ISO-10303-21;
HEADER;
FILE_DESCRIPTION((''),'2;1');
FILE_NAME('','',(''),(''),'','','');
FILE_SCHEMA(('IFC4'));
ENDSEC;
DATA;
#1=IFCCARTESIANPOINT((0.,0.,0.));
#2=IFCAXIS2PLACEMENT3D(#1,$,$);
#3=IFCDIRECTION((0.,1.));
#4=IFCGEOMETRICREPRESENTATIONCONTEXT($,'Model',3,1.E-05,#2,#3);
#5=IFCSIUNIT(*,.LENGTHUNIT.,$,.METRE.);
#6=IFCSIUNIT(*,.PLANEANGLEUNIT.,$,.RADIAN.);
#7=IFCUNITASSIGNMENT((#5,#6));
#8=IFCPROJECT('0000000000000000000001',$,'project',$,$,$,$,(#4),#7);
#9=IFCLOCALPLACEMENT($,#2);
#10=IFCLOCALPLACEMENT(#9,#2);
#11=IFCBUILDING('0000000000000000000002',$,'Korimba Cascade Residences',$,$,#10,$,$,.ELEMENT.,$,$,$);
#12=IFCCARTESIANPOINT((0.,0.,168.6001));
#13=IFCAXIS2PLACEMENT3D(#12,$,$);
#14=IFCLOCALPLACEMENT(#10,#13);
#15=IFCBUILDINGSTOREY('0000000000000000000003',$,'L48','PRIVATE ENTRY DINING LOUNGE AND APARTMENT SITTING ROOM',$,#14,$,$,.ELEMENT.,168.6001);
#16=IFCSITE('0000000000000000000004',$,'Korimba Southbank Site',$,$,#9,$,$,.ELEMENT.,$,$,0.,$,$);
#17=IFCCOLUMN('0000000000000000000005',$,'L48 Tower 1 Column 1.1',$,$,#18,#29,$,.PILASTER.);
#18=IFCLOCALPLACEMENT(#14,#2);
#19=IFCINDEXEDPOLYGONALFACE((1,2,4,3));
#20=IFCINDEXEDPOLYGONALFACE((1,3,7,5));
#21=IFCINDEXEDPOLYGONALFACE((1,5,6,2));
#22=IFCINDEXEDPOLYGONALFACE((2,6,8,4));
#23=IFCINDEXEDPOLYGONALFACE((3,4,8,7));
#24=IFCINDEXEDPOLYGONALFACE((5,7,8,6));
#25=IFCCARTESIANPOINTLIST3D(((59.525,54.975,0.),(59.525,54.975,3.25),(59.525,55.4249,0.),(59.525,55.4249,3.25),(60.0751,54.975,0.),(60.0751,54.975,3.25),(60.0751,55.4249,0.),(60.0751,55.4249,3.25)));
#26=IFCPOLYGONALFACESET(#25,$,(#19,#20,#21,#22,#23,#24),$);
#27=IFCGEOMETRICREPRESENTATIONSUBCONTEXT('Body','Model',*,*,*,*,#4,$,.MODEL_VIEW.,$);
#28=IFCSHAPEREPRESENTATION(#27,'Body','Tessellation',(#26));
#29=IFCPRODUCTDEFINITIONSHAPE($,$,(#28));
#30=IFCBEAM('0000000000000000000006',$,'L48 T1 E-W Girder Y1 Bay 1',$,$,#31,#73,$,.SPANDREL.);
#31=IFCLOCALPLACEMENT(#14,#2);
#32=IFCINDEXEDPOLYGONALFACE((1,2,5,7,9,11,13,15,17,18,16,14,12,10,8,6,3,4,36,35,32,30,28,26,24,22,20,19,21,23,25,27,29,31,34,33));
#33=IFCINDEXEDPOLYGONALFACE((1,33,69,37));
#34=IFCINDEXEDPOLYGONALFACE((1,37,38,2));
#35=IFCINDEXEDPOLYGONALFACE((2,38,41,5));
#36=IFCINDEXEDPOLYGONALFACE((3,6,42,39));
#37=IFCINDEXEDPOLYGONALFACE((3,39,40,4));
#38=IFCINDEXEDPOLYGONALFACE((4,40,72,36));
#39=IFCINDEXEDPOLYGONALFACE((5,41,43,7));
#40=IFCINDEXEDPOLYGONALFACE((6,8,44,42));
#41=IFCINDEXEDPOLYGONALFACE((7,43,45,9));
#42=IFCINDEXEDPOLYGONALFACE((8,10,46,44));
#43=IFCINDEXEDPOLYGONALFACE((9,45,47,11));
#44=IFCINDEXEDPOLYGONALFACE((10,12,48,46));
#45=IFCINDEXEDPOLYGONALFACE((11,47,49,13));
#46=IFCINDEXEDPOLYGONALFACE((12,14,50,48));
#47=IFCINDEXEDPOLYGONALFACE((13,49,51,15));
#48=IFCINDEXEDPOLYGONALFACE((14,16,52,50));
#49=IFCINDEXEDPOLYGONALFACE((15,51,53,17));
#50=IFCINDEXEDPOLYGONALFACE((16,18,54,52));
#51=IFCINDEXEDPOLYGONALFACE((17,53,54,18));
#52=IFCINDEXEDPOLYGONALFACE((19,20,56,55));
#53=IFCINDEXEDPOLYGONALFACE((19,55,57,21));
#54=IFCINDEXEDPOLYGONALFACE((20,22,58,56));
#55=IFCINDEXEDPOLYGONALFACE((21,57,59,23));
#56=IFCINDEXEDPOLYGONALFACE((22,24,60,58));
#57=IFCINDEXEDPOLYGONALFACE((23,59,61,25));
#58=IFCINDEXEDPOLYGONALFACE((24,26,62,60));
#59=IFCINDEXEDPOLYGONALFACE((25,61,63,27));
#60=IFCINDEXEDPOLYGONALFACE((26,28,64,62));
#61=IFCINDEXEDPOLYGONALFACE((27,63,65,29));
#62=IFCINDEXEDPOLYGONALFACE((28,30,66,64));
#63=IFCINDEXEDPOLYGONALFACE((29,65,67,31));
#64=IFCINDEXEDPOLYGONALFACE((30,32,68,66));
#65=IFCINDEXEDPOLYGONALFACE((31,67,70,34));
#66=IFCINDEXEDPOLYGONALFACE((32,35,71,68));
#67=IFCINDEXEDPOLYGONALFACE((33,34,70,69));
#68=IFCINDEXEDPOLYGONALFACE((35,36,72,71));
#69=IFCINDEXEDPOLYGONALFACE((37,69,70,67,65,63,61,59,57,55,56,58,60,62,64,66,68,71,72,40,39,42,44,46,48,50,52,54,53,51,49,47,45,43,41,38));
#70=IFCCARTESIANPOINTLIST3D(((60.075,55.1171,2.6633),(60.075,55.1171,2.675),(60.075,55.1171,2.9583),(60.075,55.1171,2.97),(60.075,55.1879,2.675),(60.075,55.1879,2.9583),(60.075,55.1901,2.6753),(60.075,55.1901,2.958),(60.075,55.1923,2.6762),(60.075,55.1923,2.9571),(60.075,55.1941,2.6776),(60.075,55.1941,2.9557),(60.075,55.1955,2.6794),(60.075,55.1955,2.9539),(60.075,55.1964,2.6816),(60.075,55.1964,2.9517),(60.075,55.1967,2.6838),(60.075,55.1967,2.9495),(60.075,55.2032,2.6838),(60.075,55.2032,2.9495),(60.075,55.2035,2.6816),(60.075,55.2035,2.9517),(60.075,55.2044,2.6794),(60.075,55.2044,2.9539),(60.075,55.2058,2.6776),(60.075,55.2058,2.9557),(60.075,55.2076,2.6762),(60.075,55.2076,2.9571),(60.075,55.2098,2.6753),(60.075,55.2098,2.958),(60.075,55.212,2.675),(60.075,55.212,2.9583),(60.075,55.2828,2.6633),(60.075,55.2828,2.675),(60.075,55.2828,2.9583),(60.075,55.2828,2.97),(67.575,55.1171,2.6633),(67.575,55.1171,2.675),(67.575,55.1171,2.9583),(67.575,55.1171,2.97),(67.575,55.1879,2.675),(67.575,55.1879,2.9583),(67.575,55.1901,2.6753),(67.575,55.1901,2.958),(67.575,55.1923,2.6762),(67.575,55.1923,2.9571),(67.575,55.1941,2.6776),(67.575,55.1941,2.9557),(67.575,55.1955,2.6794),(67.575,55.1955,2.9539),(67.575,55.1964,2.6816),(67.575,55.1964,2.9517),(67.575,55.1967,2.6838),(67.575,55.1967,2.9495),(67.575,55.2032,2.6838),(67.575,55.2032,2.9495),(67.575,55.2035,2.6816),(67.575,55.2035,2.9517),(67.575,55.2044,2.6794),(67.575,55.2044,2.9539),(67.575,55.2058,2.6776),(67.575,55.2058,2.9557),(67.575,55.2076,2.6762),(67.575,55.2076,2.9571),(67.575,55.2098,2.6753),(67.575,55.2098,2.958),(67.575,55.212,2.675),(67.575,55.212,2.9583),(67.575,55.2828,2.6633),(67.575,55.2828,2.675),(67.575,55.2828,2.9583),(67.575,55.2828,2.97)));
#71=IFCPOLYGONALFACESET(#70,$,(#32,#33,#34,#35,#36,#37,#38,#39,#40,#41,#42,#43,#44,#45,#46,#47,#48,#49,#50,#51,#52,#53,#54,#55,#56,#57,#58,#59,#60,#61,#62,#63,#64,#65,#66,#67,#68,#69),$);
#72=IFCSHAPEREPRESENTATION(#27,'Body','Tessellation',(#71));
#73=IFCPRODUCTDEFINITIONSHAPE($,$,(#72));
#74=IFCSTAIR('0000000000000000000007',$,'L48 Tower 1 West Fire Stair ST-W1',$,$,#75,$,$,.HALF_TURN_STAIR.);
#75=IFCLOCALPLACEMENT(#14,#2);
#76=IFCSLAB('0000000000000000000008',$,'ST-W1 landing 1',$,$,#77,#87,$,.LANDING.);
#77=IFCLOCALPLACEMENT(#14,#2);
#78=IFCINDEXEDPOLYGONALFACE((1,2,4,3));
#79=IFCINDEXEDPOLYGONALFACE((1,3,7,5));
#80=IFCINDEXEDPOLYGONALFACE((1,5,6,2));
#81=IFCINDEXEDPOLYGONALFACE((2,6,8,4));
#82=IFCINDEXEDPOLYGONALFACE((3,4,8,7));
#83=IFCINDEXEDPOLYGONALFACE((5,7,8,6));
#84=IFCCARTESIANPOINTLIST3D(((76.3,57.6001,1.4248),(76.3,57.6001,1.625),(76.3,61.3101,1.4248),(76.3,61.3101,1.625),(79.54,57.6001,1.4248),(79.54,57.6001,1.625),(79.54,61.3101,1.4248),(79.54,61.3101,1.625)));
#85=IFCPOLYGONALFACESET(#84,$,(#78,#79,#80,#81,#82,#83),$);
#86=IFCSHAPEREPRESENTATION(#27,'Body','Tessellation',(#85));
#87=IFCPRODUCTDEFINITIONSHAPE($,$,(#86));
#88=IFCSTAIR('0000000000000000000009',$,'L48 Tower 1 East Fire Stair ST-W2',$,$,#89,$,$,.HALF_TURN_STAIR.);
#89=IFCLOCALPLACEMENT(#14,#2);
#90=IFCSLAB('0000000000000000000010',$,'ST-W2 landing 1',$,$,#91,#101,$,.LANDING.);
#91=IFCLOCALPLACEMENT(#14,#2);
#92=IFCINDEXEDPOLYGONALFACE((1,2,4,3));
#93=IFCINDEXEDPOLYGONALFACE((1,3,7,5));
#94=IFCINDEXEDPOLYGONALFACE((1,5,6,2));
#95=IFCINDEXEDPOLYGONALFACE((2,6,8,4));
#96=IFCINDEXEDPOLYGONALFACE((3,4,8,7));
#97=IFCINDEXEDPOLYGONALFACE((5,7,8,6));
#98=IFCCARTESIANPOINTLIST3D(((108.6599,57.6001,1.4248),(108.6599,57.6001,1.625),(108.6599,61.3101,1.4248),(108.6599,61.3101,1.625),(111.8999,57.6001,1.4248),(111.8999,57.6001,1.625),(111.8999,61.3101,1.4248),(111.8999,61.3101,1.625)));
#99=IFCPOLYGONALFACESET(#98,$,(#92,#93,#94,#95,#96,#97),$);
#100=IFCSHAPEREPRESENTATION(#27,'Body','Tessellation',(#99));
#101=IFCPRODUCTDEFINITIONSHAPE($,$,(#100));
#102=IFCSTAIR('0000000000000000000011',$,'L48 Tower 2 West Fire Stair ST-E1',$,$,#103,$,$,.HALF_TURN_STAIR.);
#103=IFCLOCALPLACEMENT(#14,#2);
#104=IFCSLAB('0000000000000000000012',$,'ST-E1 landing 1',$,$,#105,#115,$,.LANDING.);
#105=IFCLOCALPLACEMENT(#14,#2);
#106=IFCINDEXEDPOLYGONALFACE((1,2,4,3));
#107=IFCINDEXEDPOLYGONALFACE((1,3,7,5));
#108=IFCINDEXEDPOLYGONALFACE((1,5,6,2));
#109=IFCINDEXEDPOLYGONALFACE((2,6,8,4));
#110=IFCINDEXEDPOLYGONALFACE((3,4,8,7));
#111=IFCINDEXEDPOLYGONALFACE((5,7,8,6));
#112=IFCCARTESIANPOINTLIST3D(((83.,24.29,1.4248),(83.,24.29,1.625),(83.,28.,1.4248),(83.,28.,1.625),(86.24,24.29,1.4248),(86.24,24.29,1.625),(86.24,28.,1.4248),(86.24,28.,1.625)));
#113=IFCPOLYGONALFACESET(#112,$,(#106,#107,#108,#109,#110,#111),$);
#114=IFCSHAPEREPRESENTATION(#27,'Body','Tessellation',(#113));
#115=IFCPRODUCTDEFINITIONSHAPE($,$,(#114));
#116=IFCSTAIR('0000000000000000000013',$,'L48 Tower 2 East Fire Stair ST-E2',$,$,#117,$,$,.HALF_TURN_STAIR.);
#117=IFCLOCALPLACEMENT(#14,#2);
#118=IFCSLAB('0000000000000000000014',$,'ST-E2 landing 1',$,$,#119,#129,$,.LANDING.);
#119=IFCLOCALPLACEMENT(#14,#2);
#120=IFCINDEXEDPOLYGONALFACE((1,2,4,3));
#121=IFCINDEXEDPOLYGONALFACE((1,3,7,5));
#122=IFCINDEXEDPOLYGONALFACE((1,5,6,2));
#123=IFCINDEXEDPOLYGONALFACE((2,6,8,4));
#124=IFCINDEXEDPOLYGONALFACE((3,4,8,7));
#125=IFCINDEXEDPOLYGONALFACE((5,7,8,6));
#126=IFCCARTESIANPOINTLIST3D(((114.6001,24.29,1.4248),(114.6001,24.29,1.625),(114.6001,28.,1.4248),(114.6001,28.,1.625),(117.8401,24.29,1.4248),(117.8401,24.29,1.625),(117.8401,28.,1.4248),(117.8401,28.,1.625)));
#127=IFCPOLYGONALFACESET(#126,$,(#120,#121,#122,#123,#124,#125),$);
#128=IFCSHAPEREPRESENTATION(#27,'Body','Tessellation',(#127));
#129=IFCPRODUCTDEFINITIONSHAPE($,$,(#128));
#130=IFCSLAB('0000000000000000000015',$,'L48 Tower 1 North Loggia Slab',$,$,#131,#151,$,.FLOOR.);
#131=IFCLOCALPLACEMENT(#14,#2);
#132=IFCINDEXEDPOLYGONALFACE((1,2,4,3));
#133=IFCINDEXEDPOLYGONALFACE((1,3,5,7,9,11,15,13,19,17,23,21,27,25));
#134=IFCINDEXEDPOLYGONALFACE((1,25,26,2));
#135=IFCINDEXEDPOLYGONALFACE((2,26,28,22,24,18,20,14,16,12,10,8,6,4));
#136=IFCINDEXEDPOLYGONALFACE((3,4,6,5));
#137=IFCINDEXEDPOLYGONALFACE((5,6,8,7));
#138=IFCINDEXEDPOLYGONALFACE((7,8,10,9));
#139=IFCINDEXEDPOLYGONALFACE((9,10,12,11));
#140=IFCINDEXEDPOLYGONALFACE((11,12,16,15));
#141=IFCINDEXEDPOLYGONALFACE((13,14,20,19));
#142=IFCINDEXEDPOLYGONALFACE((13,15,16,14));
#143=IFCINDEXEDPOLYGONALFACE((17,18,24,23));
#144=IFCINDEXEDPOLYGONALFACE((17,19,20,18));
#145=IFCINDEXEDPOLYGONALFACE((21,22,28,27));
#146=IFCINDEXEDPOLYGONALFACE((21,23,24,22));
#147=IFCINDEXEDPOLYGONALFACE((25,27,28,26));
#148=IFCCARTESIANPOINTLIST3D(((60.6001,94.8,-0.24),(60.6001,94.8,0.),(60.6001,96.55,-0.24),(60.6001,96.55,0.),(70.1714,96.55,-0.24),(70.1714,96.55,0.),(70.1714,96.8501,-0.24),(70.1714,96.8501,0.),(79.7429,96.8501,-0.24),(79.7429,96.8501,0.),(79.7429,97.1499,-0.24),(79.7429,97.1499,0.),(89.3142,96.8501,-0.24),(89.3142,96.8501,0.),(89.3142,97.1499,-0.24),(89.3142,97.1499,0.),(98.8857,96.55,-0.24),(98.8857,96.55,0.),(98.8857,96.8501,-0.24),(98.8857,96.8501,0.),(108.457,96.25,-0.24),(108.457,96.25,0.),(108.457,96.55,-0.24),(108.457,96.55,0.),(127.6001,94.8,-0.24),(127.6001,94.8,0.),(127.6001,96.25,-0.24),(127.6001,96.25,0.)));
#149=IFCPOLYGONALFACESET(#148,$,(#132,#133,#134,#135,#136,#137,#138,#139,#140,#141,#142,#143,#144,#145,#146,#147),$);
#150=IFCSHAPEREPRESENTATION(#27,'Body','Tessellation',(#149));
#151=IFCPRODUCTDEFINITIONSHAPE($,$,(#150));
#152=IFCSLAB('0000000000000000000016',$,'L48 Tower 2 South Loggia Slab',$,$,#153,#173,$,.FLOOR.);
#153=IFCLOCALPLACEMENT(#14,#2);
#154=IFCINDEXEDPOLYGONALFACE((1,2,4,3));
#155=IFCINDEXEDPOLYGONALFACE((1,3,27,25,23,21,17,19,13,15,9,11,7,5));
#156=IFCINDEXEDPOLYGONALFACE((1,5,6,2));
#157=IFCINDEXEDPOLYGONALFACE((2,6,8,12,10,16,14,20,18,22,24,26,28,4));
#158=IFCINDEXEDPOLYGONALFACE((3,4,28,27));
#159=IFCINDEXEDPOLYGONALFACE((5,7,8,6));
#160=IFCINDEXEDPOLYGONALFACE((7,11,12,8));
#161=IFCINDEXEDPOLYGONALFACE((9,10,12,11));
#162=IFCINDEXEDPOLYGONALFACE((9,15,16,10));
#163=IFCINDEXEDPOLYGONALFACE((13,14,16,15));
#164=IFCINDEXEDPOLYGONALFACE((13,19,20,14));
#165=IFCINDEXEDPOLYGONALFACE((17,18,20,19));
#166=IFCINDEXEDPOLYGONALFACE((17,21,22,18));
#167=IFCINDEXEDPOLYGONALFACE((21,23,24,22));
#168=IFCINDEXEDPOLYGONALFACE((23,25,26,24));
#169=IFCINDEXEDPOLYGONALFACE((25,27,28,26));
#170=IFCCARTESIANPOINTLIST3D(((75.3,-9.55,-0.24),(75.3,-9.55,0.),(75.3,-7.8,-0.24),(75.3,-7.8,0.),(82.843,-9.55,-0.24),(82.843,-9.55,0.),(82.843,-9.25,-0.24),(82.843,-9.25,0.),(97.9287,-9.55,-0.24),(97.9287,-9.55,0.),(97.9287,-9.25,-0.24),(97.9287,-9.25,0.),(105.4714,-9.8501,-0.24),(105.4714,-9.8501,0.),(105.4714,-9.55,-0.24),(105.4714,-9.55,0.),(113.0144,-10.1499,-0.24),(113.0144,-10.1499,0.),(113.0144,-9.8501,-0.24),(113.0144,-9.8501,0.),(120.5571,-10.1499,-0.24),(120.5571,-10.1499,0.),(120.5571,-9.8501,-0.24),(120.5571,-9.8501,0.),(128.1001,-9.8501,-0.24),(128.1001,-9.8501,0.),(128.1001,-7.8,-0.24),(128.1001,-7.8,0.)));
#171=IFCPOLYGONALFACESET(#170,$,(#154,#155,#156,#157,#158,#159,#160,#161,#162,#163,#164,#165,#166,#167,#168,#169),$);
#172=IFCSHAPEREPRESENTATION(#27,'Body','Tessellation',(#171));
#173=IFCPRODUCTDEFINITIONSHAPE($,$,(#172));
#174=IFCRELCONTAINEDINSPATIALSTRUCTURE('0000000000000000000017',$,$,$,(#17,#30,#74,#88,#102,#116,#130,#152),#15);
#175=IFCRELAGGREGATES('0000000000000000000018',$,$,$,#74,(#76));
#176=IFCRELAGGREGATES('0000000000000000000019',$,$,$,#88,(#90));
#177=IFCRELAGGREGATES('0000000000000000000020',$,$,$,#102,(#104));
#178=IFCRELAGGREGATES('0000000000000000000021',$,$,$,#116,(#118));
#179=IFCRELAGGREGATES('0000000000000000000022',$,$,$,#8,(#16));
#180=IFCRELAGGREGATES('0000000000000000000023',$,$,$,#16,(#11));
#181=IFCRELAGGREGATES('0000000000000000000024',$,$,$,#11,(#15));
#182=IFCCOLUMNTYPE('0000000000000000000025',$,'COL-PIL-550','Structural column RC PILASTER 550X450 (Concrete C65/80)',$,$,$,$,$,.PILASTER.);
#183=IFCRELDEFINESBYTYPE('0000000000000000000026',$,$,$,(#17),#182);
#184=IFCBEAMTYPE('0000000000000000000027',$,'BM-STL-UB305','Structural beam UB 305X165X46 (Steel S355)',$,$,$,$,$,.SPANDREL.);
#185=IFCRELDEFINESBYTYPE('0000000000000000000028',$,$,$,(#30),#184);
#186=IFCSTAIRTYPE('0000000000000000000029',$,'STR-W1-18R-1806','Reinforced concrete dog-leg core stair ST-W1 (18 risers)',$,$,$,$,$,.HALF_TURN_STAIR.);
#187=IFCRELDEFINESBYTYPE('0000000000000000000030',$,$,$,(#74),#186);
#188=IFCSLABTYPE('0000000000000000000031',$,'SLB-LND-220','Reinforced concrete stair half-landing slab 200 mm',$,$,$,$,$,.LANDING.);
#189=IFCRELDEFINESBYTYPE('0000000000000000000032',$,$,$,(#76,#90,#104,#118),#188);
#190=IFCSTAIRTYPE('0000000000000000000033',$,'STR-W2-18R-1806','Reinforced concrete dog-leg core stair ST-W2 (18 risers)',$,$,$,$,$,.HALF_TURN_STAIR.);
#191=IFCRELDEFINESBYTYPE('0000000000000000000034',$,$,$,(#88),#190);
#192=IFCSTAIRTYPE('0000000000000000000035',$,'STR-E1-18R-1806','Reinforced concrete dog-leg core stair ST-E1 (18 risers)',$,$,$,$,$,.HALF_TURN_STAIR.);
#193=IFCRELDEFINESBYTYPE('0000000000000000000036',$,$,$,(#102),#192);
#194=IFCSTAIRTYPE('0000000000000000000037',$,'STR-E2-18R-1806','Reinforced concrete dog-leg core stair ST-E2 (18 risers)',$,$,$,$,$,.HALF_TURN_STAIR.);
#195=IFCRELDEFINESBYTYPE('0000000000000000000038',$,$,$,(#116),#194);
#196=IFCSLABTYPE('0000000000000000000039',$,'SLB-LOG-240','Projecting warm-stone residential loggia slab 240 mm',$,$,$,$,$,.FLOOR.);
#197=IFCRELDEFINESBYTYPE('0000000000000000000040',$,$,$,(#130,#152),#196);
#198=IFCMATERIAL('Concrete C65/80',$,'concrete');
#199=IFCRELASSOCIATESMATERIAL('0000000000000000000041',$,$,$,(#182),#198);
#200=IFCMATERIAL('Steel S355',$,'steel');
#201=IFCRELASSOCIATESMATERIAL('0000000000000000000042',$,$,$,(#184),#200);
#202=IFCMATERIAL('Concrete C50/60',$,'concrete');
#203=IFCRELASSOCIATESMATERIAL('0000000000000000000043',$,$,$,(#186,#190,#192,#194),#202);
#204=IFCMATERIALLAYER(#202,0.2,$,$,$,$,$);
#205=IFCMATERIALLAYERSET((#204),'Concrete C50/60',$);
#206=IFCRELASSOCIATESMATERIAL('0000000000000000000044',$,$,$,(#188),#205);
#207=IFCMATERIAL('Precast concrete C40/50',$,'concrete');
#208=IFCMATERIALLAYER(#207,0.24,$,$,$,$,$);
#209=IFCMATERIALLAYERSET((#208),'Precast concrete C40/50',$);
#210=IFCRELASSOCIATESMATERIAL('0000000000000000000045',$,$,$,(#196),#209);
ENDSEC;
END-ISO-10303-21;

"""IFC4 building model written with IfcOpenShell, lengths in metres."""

from ifc_helpers import new_model, si_unit, direction, frame, origin, origin_2d, place, context, subcontext, project, spatial, polyline, rectangle, i_section, outline, extrude, material, layer, layer_set, material_profile, profile_set, type_object, element, aggregate, save


model = new_model("IFC4")

# Units and contexts
model_context = context("Model", 3, precision=1e-05, world=origin(), true_north=direction((0.0, 1.0)))
body_context = subcontext(model_context, "Body", "Model", "MODEL_VIEW")
ifc_project = project(units=[si_unit("LENGTHUNIT", "METRE"), si_unit("PLANEANGLEUNIT", "RADIAN")], contexts=[model_context])

# Site, building, storey
site_placement = place(None, origin())
site = spatial("IfcSite", under=ifc_project, at=site_placement, Name="Korimba Southbank Site", CompositionType="ELEMENT", RefElevation=0.0)
building_placement = place(site_placement, origin())
building = spatial("IfcBuilding", under=site, at=building_placement, Name="Korimba Cascade Residences", CompositionType="ELEMENT")
storey_placement = place(building_placement, frame((0.0, 0.0, 168.6001)))
storey = spatial("IfcBuildingStorey", under=building, at=storey_placement, Name="L48", Description="PRIVATE ENTRY DINING LOUNGE AND APARTMENT SITTING ROOM", CompositionType="ELEMENT", Elevation=168.6001)

# Column
ifc_material_1 = material(Name="Concrete C65/80", Category="concrete")
ifc_material_profile_1 = material_profile(ifc_material_1, rectangle(XDim=0.55, YDim=0.45, at=origin_2d()), Name="Concrete C65/80")
ifc_profile_set_1 = profile_set([ifc_material_profile_1], Name="Concrete C65/80")
column_type = type_object("IfcColumnType", Name="COL-PIL-550", Description="Structural column RC PILASTER 550X450 (Concrete C65/80)", PredefinedType="PILASTER", material=ifc_profile_set_1)
column_placement = place(storey_placement, frame((59.8, 55.2, 0.0), z_axis=(0.0, 0.0, 1.0), x_axis=(1.0, 0.0, 0.0)))
element("IfcColumn", 1, at=column_placement, inside=storey, type_object=column_type, Name="L48 Tower 1 Column 1.1", PredefinedType="PILASTER", context=body_context, shape_type="SweptSolid", body=[
    extrude(rectangle(XDim=0.55, YDim=0.45, at=origin_2d()), origin(), (0.0, 0.0, 1.0), 3.25),
])

# Beam
ifc_material_2 = material(Name="Steel S355", Category="steel")
ifc_material_profile_2 = material_profile(ifc_material_2, i_section(OverallWidth=0.1658, OverallDepth=0.3066, WebThickness=0.0066, FlangeThickness=0.0117, FilletRadius=0.0088, at=origin_2d()), Name="Steel S355")
ifc_profile_set_2 = profile_set([ifc_material_profile_2], Name="Steel S355")
beam_type = type_object("IfcBeamType", Name="BM-STL-UB305", Description="Structural beam UB 305X165X46 (Steel S355)", PredefinedType="SPANDREL", material=ifc_profile_set_2)
beam_placement = place(storey_placement, frame((60.075, 55.2, 2.8167), z_axis=(1.0, 0.0, 0.0), x_axis=(0.0, 1.0, 0.0)))
element("IfcBeam", 2, at=beam_placement, inside=storey, type_object=beam_type, Name="L48 T1 E-W Girder Y1 Bay 1", PredefinedType="SPANDREL", context=body_context, shape_type="SweptSolid", body=[
    extrude(i_section(OverallWidth=0.1658, OverallDepth=0.3066, WebThickness=0.0066, FlangeThickness=0.0117, FilletRadius=0.0088, at=origin_2d()), origin(), (0.0, 0.0, 1.0), 7.5),
])

# Stairs, slabs
ifc_material_3 = material(Name="Concrete C50/60", Category="concrete")
stair_type_1 = type_object("IfcStairType", Name="STR-W1-18R-1806", Description="Reinforced concrete dog-leg core stair ST-W1 (18 risers)", PredefinedType="HALF_TURN_STAIR", material=ifc_material_3)
stair_1_placement = place(storey_placement, origin())
stair_1 = element("IfcStair", 3, at=stair_1_placement, inside=storey, type_object=stair_type_1, Name="L48 Tower 1 West Fire Stair ST-W1", PredefinedType="HALF_TURN_STAIR")
ifc_layer_1 = layer(ifc_material_3, 0.2)
ifc_layer_set_1 = layer_set([ifc_layer_1], Name="Concrete C50/60")
slab_type_1 = type_object("IfcSlabType", Name="SLB-LND-220", Description="Reinforced concrete stair half-landing slab 200 mm", PredefinedType="LANDING", material=ifc_layer_set_1)
slab_1_placement = place(storey_placement, frame((0.0, 0.0, 1.4248)))
slab_1 = element("IfcSlab", 4, at=slab_1_placement, type_object=slab_type_1, Name="ST-W1 landing 1", PredefinedType="LANDING", context=body_context, shape_type="SweptSolid", body=[
    extrude(outline(polyline([(76.3, 61.3101), (76.3, 57.6001), (79.54, 57.6001), (79.54, 61.3101), (76.3, 61.3101)])), origin(), (0.0, 0.0, 1.0), 0.2002),
])
aggregate(stair_1, [slab_1])
stair_type_2 = type_object("IfcStairType", Name="STR-W2-18R-1806", Description="Reinforced concrete dog-leg core stair ST-W2 (18 risers)", PredefinedType="HALF_TURN_STAIR", material=ifc_material_3)
stair_2_placement = place(storey_placement, origin())
stair_2 = element("IfcStair", 5, at=stair_2_placement, inside=storey, type_object=stair_type_2, Name="L48 Tower 1 East Fire Stair ST-W2", PredefinedType="HALF_TURN_STAIR")
slab_2_placement = place(storey_placement, frame((0.0, 0.0, 1.4248)))
slab_2 = element("IfcSlab", 6, at=slab_2_placement, type_object=slab_type_1, Name="ST-W2 landing 1", PredefinedType="LANDING", context=body_context, shape_type="SweptSolid", body=[
    extrude(outline(polyline([(108.6599, 61.3101), (108.6599, 57.6001), (111.8999, 57.6001), (111.8999, 61.3101), (108.6599, 61.3101)])), origin(), (0.0, 0.0, 1.0), 0.2002),
])
aggregate(stair_2, [slab_2])
stair_type_3 = type_object("IfcStairType", Name="STR-E1-18R-1806", Description="Reinforced concrete dog-leg core stair ST-E1 (18 risers)", PredefinedType="HALF_TURN_STAIR", material=ifc_material_3)
stair_3_placement = place(storey_placement, origin())
stair_3 = element("IfcStair", 7, at=stair_3_placement, inside=storey, type_object=stair_type_3, Name="L48 Tower 2 West Fire Stair ST-E1", PredefinedType="HALF_TURN_STAIR")
slab_3_placement = place(storey_placement, frame((0.0, 0.0, 1.4248)))
slab_3 = element("IfcSlab", 8, at=slab_3_placement, type_object=slab_type_1, Name="ST-E1 landing 1", PredefinedType="LANDING", context=body_context, shape_type="SweptSolid", body=[
    extrude(outline(polyline([(86.24, 24.29), (86.24, 28.0), (83.0, 28.0), (83.0, 24.29), (86.24, 24.29)])), origin(), (0.0, 0.0, 1.0), 0.2002),
])
aggregate(stair_3, [slab_3])
stair_type_4 = type_object("IfcStairType", Name="STR-E2-18R-1806", Description="Reinforced concrete dog-leg core stair ST-E2 (18 risers)", PredefinedType="HALF_TURN_STAIR", material=ifc_material_3)
stair_4_placement = place(storey_placement, origin())
stair_4 = element("IfcStair", 9, at=stair_4_placement, inside=storey, type_object=stair_type_4, Name="L48 Tower 2 East Fire Stair ST-E2", PredefinedType="HALF_TURN_STAIR")
slab_4_placement = place(storey_placement, frame((0.0, 0.0, 1.4248)))
slab_4 = element("IfcSlab", 10, at=slab_4_placement, type_object=slab_type_1, Name="ST-E2 landing 1", PredefinedType="LANDING", context=body_context, shape_type="SweptSolid", body=[
    extrude(outline(polyline([(117.8401, 24.29), (117.8401, 28.0), (114.6001, 28.0), (114.6001, 24.29), (117.8401, 24.29)])), origin(), (0.0, 0.0, 1.0), 0.2002),
])
aggregate(stair_4, [slab_4])

# Slabs
ifc_material_4 = material(Name="Precast concrete C40/50", Category="concrete")
ifc_layer_2 = layer(ifc_material_4, 0.24)
ifc_layer_set_2 = layer_set([ifc_layer_2], Name="Precast concrete C40/50")
slab_type_2 = type_object("IfcSlabType", Name="SLB-LOG-240", Description="Projecting warm-stone residential loggia slab 240 mm", PredefinedType="FLOOR", material=ifc_layer_set_2)
slab_5_placement = place(storey_placement, frame((0.0, 0.0, -0.24)))
element("IfcSlab", 11, at=slab_5_placement, inside=storey, type_object=slab_type_2, Name="L48 Tower 1 North Loggia Slab", PredefinedType="FLOOR", context=body_context, shape_type="SweptSolid", body=[
    extrude(outline(polyline([(60.6001, 94.8), (127.6001, 94.8), (127.6001, 96.25), (108.457, 96.25), (108.457, 96.55), (98.8857, 96.55), (98.8857, 96.8501), (89.3142, 96.8501), (89.3142, 97.1499), (79.7429, 97.1499), (79.7429, 96.8501), (70.1714, 96.8501), (70.1714, 96.55), (60.6001, 96.55), (60.6001, 94.8)])), origin(), (0.0, 0.0, 1.0), 0.24),
])
slab_6_placement = place(storey_placement, frame((0.0, 0.0, -0.24)))
element("IfcSlab", 12, at=slab_6_placement, inside=storey, type_object=slab_type_2, Name="L48 Tower 2 South Loggia Slab", PredefinedType="FLOOR", context=body_context, shape_type="SweptSolid", body=[
    extrude(outline(polyline([(75.3, -9.55), (82.843, -9.55), (82.843, -9.25), (97.9287, -9.25), (97.9287, -9.55), (105.4714, -9.55), (105.4714, -9.8501), (113.0144, -9.8501), (113.0144, -10.1499), (120.5571, -10.1499), (120.5571, -9.8501), (128.1001, -9.8501), (128.1001, -7.8), (75.3, -7.8), (75.3, -9.55)])), origin(), (0.0, 0.0, 1.0), 0.24),
])

save(model, "model.ifc")
